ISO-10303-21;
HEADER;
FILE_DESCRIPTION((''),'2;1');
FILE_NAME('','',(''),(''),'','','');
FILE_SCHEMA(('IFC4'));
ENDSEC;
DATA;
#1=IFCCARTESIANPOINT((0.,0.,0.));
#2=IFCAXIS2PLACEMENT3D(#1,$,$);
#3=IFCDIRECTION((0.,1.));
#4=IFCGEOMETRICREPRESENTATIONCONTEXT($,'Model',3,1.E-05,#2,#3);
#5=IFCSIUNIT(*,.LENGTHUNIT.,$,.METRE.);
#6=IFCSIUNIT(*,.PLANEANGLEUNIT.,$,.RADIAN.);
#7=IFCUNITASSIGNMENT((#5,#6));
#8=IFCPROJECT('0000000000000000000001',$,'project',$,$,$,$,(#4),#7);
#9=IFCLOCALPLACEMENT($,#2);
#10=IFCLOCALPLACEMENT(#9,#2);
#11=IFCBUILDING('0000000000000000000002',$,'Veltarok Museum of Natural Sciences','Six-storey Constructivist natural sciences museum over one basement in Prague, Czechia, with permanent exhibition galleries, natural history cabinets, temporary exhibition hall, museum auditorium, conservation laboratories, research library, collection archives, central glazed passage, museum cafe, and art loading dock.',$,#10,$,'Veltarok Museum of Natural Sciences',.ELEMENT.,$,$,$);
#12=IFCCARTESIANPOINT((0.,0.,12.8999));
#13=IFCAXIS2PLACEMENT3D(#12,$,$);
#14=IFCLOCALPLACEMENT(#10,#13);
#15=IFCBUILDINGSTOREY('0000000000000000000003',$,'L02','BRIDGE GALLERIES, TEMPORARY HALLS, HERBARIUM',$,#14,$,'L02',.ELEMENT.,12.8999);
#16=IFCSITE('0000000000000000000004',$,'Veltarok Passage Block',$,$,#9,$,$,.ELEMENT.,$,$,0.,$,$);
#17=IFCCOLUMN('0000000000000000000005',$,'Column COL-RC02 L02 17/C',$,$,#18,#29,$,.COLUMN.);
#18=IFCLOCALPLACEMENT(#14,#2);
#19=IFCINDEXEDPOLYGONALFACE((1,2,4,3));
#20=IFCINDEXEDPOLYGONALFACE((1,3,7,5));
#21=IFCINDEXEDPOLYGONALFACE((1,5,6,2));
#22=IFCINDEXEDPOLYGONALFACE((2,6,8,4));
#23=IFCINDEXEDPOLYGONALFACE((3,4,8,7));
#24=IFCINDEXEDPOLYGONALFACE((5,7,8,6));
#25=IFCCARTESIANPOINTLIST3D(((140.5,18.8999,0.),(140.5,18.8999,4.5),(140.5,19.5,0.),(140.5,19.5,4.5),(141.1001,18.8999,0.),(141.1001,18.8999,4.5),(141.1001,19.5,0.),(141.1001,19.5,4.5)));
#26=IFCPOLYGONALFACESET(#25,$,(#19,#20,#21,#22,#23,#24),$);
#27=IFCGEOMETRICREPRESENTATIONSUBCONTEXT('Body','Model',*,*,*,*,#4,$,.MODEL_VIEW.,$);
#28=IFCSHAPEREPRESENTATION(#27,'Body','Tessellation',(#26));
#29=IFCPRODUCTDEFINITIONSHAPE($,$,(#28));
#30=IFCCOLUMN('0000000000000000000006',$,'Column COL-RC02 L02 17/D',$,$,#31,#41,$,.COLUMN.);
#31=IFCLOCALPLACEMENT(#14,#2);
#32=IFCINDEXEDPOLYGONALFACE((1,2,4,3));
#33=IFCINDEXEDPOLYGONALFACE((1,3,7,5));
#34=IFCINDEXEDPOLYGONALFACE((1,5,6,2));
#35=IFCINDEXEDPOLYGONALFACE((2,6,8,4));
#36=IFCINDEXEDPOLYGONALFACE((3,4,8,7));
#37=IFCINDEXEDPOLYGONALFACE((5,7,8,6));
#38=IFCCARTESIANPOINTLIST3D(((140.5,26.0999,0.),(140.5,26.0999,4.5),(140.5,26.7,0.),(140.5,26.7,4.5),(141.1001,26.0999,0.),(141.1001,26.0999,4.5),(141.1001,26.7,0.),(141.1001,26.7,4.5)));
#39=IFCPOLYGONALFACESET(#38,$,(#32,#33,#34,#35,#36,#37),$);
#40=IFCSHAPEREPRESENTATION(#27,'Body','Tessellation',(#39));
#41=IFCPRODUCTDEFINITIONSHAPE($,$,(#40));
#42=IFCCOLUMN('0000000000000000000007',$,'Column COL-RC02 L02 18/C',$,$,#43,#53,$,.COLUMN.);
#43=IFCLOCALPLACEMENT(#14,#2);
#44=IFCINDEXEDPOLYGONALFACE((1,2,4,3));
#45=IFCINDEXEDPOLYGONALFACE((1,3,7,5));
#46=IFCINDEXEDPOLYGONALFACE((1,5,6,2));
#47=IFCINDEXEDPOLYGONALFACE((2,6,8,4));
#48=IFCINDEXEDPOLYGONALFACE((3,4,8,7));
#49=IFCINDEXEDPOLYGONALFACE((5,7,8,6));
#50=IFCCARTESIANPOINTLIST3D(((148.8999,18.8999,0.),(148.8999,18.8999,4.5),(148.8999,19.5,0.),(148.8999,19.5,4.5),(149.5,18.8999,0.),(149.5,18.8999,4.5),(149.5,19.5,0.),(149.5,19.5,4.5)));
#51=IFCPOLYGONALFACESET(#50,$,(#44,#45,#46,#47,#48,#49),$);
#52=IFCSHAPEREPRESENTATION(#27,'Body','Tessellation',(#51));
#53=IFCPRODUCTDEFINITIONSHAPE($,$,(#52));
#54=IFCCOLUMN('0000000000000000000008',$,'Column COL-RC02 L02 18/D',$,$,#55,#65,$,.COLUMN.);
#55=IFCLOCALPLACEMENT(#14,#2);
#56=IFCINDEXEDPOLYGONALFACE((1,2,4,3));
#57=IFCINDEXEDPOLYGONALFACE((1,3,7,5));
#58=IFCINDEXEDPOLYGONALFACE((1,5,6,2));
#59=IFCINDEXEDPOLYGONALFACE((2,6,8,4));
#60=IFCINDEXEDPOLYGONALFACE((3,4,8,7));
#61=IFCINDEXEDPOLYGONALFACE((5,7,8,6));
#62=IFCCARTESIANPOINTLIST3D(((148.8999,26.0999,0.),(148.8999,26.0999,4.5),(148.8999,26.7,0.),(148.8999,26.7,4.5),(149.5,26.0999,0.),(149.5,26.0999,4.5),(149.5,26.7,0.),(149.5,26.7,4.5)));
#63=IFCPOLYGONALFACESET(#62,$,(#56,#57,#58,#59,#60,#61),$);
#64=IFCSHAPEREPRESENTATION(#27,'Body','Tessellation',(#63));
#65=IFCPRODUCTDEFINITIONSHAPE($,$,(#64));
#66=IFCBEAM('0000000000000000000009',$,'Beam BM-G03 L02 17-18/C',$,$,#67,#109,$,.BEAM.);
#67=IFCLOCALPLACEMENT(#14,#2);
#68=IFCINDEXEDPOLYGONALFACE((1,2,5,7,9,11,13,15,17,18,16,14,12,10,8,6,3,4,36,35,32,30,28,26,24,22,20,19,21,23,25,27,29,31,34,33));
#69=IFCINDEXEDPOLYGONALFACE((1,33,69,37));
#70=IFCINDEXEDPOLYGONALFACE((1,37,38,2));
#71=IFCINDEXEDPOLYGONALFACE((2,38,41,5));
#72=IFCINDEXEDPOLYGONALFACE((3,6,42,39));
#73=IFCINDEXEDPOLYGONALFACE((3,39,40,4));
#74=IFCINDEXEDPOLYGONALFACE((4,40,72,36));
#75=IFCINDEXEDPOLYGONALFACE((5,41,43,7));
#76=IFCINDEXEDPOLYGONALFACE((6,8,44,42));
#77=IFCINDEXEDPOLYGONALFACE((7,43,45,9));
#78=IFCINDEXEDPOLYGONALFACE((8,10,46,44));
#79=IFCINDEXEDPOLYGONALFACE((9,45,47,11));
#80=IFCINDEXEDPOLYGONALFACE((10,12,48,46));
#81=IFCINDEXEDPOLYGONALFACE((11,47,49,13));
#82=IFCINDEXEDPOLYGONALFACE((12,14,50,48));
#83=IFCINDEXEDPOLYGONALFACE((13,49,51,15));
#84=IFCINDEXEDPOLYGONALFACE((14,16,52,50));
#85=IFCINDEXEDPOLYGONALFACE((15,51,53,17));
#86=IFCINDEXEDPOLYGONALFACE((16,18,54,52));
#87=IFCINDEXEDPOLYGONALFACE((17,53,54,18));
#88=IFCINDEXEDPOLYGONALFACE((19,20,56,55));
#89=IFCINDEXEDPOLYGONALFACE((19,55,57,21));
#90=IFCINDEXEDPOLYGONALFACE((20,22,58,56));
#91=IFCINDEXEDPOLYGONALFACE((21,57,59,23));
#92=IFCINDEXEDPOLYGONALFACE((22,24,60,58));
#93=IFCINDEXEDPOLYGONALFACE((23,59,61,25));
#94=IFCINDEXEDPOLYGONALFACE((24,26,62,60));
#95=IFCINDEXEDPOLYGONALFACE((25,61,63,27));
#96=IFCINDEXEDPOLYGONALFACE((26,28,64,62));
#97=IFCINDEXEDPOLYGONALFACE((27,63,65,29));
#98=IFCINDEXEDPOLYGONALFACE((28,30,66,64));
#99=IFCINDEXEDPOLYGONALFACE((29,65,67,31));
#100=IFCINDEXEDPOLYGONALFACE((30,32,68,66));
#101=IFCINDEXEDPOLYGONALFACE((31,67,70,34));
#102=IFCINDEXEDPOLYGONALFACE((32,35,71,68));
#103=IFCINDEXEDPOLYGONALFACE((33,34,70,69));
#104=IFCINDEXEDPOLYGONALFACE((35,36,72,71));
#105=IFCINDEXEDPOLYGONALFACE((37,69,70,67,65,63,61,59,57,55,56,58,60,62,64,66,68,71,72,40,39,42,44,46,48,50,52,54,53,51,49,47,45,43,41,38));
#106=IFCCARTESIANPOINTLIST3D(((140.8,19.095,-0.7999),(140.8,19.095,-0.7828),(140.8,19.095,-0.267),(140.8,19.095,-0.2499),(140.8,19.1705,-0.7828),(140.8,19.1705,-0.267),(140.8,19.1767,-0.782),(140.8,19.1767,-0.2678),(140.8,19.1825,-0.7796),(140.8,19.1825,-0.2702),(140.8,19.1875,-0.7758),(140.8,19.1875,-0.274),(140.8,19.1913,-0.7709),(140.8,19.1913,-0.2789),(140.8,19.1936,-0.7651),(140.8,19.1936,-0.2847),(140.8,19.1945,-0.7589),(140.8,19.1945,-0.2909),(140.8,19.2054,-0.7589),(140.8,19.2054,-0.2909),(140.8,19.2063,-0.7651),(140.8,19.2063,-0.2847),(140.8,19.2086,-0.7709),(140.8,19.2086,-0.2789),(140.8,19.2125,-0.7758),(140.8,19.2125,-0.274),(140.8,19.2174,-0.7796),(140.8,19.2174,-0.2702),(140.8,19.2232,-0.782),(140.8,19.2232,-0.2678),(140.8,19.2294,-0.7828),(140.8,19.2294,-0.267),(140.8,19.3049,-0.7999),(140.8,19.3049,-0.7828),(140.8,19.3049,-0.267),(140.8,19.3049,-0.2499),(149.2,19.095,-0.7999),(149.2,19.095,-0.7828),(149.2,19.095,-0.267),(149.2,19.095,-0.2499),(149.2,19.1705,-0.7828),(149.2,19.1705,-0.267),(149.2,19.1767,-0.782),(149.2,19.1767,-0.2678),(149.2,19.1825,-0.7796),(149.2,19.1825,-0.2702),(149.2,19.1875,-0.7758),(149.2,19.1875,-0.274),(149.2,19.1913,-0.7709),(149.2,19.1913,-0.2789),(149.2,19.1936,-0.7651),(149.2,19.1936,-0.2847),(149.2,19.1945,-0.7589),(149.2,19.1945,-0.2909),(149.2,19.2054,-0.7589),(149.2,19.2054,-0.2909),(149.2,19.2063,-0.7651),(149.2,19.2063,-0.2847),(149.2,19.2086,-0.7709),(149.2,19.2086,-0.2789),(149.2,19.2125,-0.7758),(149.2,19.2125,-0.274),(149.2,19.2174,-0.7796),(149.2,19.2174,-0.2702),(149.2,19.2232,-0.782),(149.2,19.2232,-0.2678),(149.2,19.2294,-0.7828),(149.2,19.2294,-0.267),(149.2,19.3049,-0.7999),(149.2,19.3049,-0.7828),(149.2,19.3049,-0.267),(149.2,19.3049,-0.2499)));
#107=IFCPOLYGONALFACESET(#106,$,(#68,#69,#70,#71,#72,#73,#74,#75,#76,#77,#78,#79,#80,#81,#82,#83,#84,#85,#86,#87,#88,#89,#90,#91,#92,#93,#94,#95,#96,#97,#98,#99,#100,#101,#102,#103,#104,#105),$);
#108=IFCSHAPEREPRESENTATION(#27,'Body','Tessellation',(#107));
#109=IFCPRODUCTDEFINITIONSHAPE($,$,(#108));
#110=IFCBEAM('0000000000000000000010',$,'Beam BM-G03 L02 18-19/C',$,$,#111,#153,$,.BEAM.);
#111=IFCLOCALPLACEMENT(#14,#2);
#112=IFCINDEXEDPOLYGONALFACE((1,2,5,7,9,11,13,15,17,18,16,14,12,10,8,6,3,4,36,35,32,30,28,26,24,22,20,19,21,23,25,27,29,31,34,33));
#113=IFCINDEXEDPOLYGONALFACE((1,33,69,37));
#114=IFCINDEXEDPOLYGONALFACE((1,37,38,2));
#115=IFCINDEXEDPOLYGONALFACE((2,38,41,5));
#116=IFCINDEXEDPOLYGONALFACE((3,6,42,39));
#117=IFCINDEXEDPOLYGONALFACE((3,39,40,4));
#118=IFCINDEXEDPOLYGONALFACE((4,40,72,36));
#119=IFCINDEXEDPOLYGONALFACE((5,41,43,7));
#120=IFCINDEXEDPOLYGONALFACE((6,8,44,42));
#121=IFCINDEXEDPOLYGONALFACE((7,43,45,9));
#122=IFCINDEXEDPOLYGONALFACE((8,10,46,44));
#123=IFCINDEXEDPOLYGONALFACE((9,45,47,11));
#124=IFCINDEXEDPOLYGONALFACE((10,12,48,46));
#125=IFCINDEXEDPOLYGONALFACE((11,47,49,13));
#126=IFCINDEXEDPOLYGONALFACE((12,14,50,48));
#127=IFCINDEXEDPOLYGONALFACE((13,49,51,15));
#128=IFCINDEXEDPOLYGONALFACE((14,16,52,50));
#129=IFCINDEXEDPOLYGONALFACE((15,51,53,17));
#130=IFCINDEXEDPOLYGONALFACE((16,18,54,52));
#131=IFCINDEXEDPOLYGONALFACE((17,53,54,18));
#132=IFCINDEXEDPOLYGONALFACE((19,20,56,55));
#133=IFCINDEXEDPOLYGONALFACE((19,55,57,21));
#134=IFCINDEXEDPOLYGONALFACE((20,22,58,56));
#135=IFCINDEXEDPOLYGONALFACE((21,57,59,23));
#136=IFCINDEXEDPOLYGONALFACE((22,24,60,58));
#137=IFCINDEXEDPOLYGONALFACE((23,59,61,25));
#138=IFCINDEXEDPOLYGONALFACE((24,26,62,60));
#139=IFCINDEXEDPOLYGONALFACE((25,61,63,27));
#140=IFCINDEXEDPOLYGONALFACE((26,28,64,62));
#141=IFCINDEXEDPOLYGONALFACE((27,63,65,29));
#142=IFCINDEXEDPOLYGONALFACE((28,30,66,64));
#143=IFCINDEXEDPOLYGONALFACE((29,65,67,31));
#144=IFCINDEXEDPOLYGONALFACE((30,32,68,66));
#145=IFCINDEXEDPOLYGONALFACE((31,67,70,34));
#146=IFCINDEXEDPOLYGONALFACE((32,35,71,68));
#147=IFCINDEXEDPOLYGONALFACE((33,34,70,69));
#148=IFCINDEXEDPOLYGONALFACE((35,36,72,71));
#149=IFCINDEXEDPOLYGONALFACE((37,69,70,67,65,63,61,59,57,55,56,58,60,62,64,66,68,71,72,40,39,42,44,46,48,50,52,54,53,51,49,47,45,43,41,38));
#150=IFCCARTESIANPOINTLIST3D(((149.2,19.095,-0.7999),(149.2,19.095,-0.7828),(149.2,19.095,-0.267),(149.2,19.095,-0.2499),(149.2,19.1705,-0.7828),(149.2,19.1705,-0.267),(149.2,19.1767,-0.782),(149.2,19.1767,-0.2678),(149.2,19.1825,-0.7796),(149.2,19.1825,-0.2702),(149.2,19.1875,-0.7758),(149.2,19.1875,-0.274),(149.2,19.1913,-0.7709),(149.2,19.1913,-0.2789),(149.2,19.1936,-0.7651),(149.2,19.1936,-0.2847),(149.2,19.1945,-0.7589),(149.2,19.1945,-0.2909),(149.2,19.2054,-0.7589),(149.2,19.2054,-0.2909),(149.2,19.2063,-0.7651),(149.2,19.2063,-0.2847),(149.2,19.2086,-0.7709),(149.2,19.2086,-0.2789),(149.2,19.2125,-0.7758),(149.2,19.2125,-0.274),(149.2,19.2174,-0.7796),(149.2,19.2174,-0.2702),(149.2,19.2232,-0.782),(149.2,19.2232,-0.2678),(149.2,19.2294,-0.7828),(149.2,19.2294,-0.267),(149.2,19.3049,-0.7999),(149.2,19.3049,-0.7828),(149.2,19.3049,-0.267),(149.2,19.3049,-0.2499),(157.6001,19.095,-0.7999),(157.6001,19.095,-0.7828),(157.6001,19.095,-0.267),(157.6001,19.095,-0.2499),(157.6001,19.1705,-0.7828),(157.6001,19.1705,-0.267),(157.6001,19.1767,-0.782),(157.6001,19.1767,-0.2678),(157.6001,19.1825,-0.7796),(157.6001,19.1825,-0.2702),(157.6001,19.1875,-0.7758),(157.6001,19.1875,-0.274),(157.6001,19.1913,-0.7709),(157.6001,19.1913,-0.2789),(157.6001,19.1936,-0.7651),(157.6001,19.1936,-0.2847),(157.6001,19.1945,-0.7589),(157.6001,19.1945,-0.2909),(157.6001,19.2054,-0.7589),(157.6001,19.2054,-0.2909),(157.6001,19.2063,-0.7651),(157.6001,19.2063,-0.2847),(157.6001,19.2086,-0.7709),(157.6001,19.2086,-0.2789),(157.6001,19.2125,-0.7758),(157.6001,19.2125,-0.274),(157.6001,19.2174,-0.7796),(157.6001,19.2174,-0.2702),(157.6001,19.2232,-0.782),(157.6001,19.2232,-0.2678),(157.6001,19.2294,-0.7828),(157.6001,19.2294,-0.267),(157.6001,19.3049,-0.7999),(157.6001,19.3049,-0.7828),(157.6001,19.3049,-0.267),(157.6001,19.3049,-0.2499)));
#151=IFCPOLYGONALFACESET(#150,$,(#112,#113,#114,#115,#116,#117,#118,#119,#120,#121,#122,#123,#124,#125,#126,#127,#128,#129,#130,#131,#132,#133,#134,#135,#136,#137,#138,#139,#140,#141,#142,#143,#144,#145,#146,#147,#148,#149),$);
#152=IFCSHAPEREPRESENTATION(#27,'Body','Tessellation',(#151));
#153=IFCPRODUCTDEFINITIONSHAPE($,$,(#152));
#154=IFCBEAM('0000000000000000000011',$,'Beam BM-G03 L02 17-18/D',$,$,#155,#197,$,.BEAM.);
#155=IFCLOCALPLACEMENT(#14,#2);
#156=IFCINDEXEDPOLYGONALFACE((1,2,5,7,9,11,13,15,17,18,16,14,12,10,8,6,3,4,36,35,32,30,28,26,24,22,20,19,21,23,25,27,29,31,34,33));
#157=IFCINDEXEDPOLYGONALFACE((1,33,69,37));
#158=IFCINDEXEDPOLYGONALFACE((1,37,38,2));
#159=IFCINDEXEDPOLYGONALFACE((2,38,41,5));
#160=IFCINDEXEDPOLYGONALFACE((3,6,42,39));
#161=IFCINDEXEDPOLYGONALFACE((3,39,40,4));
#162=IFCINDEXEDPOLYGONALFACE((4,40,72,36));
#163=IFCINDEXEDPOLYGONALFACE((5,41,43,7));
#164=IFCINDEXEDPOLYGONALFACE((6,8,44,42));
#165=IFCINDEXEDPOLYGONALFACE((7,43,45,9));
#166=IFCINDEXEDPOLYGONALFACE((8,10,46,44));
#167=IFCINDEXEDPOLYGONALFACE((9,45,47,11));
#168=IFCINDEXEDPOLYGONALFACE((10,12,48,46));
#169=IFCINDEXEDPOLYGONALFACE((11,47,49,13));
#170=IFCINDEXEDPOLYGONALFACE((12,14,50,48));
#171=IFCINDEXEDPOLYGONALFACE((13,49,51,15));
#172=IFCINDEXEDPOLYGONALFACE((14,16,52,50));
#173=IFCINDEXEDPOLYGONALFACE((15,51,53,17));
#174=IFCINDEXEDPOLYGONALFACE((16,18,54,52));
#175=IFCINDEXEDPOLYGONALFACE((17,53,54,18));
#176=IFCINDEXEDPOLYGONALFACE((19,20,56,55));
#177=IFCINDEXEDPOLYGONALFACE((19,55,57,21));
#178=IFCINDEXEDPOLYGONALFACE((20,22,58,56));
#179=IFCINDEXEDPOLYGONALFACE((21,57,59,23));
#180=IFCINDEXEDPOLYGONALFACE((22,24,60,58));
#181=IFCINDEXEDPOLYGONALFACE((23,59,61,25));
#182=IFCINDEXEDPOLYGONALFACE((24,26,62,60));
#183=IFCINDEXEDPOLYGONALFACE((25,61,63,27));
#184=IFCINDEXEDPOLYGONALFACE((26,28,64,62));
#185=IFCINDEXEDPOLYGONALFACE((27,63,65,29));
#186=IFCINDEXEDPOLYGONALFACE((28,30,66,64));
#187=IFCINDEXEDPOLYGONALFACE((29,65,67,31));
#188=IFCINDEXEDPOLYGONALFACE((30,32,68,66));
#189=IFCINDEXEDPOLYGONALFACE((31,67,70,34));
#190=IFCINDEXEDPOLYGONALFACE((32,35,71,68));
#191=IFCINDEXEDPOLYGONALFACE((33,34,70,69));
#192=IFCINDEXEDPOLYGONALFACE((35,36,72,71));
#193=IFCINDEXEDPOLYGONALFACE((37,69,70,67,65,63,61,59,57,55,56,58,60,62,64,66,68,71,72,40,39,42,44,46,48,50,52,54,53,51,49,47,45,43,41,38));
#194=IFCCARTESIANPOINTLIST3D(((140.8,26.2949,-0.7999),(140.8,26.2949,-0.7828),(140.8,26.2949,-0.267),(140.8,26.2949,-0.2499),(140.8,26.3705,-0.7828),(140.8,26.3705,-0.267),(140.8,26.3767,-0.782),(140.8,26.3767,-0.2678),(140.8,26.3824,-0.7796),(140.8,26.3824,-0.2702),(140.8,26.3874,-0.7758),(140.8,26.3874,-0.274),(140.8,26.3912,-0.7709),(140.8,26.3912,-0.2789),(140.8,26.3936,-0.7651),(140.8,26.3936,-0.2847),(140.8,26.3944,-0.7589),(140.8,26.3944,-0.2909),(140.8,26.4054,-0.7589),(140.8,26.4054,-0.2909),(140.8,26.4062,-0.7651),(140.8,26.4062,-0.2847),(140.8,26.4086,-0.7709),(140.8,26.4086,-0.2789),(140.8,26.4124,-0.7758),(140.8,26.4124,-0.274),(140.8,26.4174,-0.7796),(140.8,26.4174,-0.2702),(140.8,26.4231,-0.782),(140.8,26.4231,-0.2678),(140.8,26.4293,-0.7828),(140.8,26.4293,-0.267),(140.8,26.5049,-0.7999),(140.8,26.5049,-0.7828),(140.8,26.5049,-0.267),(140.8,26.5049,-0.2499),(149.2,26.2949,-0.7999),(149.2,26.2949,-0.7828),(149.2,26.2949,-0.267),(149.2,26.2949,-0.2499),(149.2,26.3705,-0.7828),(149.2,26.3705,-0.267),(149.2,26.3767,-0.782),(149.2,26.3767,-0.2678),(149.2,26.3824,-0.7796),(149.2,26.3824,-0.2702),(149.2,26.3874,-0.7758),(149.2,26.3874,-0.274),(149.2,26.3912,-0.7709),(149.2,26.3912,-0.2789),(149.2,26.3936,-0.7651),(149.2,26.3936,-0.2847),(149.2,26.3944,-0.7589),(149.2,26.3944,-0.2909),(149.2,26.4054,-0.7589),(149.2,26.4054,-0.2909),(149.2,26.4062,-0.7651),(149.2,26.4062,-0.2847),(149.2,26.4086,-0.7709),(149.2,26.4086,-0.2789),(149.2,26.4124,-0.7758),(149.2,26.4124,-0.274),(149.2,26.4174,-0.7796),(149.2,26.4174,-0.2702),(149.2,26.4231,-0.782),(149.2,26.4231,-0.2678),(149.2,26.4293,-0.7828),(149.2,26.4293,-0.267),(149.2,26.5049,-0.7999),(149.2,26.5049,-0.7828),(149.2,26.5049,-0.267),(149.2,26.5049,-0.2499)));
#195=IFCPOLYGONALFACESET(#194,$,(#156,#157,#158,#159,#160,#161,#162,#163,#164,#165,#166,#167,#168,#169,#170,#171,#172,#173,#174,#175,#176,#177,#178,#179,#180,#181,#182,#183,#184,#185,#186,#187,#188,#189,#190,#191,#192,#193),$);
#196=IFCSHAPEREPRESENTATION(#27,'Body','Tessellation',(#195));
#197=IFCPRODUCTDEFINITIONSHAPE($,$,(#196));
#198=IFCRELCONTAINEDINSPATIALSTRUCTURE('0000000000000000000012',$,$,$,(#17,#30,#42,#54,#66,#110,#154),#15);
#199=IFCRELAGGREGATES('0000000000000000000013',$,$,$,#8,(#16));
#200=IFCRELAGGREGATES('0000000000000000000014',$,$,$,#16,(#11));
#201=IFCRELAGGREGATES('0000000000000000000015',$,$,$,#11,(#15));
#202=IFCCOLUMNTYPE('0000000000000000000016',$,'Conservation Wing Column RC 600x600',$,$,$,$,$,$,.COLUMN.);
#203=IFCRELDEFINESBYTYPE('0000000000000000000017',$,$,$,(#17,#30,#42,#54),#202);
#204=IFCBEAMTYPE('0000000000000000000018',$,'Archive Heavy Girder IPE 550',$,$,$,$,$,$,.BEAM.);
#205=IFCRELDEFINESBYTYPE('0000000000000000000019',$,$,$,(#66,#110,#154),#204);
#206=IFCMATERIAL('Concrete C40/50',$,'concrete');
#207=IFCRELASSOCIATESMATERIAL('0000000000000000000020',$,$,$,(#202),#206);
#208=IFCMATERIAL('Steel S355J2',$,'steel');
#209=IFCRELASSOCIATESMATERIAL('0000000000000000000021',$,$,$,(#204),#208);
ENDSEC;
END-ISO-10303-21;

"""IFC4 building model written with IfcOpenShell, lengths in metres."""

from ifc_helpers import new_model, si_unit, direction, frame, origin, origin_2d, place, context, subcontext, project, spatial, rectangle, i_section, extrude, material, material_profile, profile_set, type_object, element, save


model = new_model("IFC4")

# Units and contexts
model_context = context("Model", 3, precision=1e-05, world=origin(), true_north=direction((0.0, 1.0)))
body_context = subcontext(model_context, "Body", "Model", "MODEL_VIEW")
ifc_project = project(units=[si_unit("LENGTHUNIT", "METRE"), si_unit("PLANEANGLEUNIT", "RADIAN")], contexts=[model_context])

# Site, building, storey
site_placement = place(None, origin())
site = spatial("IfcSite", under=ifc_project, at=site_placement, Name="Veltarok Passage Block", CompositionType="ELEMENT", RefElevation=0.0)
building_placement = place(site_placement, origin())
building = spatial("IfcBuilding", under=site, at=building_placement, Name="Veltarok Museum of Natural Sciences", Description="Six-storey Constructivist natural sciences museum over one basement in Prague, Czechia, with permanent exhibition galleries, natural history cabinets, temporary exhibition hall, museum auditorium, conservation laboratories, research library, collection archives, central glazed passage, museum cafe, and art loading dock.", LongName="Veltarok Museum of Natural Sciences", CompositionType="ELEMENT")
storey_placement = place(building_placement, frame((0.0, 0.0, 12.8999)))
storey = spatial("IfcBuildingStorey", under=building, at=storey_placement, Name="L02", Description="BRIDGE GALLERIES, TEMPORARY HALLS, HERBARIUM", LongName="L02", CompositionType="ELEMENT", Elevation=12.8999)

# Columns
ifc_material_1 = material(Name="Concrete C40/50", Category="concrete")
ifc_material_profile_1 = material_profile(ifc_material_1, rectangle(XDim=0.6001, YDim=0.6001, at=origin_2d()), Name="RC 600x600")
ifc_profile_set_1 = profile_set([ifc_material_profile_1], Name="Concrete C40/50")
column_type = type_object("IfcColumnType", Name="Conservation Wing Column RC 600x600", PredefinedType="COLUMN", material=ifc_profile_set_1)
for number, where, z_axis, x_axis, name in (
    (1, (140.8, 19.2, 0.0), (0.0, 0.0, 1.0), (1.0, 0.0, 0.0), "Column COL-RC02 L02 17/C"),
    (2, (140.8, 26.3999, 0.0), (0.0, 0.0, 1.0), (1.0, 0.0, 0.0), "Column COL-RC02 L02 17/D"),
    (3, (149.2, 19.2, 0.0), (0.0, 0.0, 1.0), (1.0, 0.0, 0.0), "Column COL-RC02 L02 18/C"),
    (4, (149.2, 26.3999, 0.0), (0.0, 0.0, 1.0), (1.0, 0.0, 0.0), "Column COL-RC02 L02 18/D"),
):
    element("IfcColumn", number, at=place(storey_placement, frame(where, z_axis=z_axis, x_axis=x_axis)), inside=storey, type_object=column_type, Name=name, PredefinedType="COLUMN", context=body_context, shape_type="SweptSolid", body=[
        extrude(rectangle(XDim=0.6001, YDim=0.6001, at=origin_2d()), origin(), (0.0, 0.0, 1.0), 4.5),
    ])

# Beams
ifc_material_2 = material(Name="Steel S355J2", Category="steel")
ifc_material_profile_2 = material_profile(ifc_material_2, i_section(OverallWidth=0.21, OverallDepth=0.55, WebThickness=0.011, FlangeThickness=0.0171, FilletRadius=0.0239, at=origin_2d()), Name="IPE 550")
ifc_profile_set_2 = profile_set([ifc_material_profile_2], Name="Steel S355J2")
beam_type_1 = type_object("IfcBeamType", Name="Archive Heavy Girder IPE 550", PredefinedType="BEAM", material=ifc_profile_set_2)
beam_1_placement = place(storey_placement, frame((140.8, 19.2, -0.5249), z_axis=(1.0, 0.0, 0.0), x_axis=(0.0, 1.0, 0.0)))
element("IfcBeam", 5, at=beam_1_placement, inside=storey, type_object=beam_type_1, Name="Beam BM-G03 L02 17-18/C", PredefinedType="BEAM", context=body_context, shape_type="SweptSolid", body=[
    extrude(i_section(OverallWidth=0.21, OverallDepth=0.55, WebThickness=0.011, FlangeThickness=0.0171, FilletRadius=0.0239, at=origin_2d()), origin(), (0.0, 0.0, 1.0), 8.3999),
])
beam_2_placement = place(storey_placement, frame((149.2, 19.2, -0.5249), z_axis=(1.0, 0.0, 0.0), x_axis=(0.0, 1.0, 0.0)))
element("IfcBeam", 6, at=beam_2_placement, inside=storey, type_object=beam_type_1, Name="Beam BM-G03 L02 18-19/C", PredefinedType="BEAM", context=body_context, shape_type="SweptSolid", body=[
    extrude(i_section(OverallWidth=0.21, OverallDepth=0.55, WebThickness=0.011, FlangeThickness=0.0171, FilletRadius=0.0239, at=origin_2d()), origin(), (0.0, 0.0, 1.0), 8.4001),
])
beam_3_placement = place(storey_placement, frame((140.8, 26.3999, -0.5249), z_axis=(1.0, 0.0, 0.0), x_axis=(0.0, 1.0, 0.0)))
element("IfcBeam", 7, at=beam_3_placement, inside=storey, type_object=beam_type_1, Name="Beam BM-G03 L02 17-18/D", PredefinedType="BEAM", context=body_context, shape_type="SweptSolid", body=[
    extrude(i_section(OverallWidth=0.21, OverallDepth=0.55, WebThickness=0.011, FlangeThickness=0.0171, FilletRadius=0.0239, at=origin_2d()), origin(), (0.0, 0.0, 1.0), 8.3999),
])

save(model, "model.ifc")
